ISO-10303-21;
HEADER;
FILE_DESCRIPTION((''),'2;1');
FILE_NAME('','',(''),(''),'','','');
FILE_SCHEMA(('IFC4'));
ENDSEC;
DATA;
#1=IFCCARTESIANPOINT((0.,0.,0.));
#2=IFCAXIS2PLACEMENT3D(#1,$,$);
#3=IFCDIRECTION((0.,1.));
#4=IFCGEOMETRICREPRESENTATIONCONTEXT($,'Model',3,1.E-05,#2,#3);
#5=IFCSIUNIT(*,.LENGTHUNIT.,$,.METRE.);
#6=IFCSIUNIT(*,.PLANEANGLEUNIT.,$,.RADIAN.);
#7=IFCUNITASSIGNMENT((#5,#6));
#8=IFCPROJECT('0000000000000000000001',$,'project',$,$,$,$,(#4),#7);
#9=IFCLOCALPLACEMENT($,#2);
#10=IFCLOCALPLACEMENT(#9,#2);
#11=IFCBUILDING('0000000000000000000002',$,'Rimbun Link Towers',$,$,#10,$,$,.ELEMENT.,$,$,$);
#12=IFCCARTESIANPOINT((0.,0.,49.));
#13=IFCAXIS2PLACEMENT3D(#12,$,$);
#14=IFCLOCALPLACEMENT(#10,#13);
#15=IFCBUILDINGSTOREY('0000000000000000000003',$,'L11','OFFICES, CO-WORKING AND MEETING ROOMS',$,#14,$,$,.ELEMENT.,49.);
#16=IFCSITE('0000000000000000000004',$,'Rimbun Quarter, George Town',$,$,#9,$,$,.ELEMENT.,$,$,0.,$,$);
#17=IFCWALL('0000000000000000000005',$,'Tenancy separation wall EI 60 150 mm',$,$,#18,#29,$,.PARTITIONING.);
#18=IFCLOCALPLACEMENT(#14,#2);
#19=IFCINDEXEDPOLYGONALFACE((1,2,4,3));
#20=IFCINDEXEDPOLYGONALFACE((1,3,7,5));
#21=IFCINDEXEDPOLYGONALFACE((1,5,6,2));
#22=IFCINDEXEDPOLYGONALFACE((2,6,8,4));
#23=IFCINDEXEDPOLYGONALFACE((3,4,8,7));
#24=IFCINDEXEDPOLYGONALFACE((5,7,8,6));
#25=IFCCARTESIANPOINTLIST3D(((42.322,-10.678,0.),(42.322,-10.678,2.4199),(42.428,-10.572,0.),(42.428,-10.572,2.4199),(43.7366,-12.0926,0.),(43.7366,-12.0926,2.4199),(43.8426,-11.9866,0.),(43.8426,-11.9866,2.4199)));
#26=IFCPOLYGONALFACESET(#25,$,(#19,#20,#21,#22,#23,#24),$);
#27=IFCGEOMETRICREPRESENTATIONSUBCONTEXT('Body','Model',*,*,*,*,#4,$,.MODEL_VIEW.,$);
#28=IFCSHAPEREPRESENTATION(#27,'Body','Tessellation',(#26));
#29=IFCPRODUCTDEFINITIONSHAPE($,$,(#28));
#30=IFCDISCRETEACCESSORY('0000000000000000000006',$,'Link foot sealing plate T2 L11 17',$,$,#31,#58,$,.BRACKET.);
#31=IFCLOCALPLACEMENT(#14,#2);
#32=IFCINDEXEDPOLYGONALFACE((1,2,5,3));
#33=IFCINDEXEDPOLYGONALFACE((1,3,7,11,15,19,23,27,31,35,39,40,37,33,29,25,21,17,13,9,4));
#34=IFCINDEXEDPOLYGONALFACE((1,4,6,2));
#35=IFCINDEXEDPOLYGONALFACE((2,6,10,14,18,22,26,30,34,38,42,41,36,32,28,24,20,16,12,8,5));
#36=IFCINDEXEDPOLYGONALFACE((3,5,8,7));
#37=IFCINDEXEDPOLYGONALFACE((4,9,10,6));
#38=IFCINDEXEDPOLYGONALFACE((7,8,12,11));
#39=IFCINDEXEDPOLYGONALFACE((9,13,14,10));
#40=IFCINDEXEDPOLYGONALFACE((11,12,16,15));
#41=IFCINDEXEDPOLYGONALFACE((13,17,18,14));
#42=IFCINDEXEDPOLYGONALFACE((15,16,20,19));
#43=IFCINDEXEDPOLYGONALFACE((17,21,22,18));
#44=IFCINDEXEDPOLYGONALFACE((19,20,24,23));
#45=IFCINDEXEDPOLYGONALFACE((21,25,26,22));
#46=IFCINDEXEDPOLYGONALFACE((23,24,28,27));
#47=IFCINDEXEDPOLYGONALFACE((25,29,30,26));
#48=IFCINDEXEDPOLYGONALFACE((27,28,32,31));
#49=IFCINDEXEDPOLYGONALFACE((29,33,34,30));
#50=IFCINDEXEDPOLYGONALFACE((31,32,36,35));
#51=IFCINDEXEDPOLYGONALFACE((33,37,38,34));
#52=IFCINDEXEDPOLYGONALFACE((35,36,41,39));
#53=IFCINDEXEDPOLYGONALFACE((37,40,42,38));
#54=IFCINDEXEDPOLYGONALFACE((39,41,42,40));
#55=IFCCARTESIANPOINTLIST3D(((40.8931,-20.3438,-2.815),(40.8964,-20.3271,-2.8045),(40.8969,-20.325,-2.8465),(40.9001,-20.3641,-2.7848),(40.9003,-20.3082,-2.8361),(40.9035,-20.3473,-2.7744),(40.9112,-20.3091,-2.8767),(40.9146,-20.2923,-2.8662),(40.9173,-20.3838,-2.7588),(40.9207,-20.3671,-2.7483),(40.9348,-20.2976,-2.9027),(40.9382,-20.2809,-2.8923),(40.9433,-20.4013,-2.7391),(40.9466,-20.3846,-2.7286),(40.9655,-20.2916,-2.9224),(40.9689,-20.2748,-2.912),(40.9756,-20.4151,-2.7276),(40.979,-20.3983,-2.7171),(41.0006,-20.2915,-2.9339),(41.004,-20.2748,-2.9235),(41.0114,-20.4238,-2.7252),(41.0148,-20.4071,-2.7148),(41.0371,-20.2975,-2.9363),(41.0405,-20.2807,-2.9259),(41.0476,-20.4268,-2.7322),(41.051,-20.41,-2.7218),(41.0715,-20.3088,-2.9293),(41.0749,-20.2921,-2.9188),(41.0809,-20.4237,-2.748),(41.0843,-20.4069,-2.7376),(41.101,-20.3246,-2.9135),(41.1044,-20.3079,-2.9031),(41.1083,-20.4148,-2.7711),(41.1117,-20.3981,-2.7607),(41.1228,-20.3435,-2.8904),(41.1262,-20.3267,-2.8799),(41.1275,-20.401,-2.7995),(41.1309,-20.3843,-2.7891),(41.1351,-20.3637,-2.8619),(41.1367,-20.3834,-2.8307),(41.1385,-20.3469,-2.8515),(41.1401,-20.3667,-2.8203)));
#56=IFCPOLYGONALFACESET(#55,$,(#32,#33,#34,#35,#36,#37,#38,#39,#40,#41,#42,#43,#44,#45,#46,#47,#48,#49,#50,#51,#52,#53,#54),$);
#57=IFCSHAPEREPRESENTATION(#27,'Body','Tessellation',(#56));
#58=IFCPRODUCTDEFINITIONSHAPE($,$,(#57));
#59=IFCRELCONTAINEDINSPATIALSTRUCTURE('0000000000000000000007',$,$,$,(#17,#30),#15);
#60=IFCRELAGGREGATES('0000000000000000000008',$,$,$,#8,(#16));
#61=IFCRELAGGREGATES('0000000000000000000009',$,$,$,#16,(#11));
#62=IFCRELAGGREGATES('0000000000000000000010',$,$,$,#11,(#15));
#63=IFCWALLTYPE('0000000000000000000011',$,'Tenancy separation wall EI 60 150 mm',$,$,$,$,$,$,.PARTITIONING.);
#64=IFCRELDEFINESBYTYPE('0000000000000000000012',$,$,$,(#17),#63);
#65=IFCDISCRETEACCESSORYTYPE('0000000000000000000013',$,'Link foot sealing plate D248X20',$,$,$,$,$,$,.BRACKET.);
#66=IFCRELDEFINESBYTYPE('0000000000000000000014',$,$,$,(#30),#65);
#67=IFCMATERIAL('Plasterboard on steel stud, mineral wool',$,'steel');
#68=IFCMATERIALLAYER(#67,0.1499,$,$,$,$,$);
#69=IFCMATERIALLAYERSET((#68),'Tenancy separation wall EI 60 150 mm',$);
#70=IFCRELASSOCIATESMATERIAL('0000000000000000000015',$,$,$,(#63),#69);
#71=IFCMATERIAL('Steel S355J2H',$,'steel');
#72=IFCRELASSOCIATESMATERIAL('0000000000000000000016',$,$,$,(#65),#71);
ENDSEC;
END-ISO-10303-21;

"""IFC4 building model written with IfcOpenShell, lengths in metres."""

from ifc_helpers import new_model, si_unit, direction, frame, frame_2d, origin, origin_2d, place, context, subcontext, project, spatial, rectangle, circle, extrude, material, layer, layer_set, material_profile, profile_set, type_object, element, save


model = new_model("IFC4")

# Units and contexts
model_context = context("Model", 3, precision=1e-05, world=origin(), true_north=direction((0.0, 1.0)))
body_context = subcontext(model_context, "Body", "Model", "MODEL_VIEW")
ifc_project = project(units=[si_unit("LENGTHUNIT", "METRE"), si_unit("PLANEANGLEUNIT", "RADIAN")], contexts=[model_context])

# Site, building, storey
site_placement = place(None, origin())
site = spatial("IfcSite", under=ifc_project, at=site_placement, Name="Rimbun Quarter, George Town", CompositionType="ELEMENT", RefElevation=0.0)
building_placement = place(site_placement, origin())
building = spatial("IfcBuilding", under=site, at=building_placement, Name="Rimbun Link Towers", CompositionType="ELEMENT")
storey_placement = place(building_placement, frame((0.0, 0.0, 49.0)))
storey = spatial("IfcBuildingStorey", under=building, at=storey_placement, Name="L11", Description="OFFICES, CO-WORKING AND MEETING ROOMS", CompositionType="ELEMENT", Elevation=49.0)

# Wall
ifc_material_1 = material(Name="Plasterboard on steel stud, mineral wool", Category="steel")
ifc_layer_1 = layer(ifc_material_1, 0.1499)
ifc_layer_set_1 = layer_set([ifc_layer_1], Name="Tenancy separation wall EI 60 150 mm")
wall_type_1 = type_object("IfcWallType", Name="Tenancy separation wall EI 60 150 mm", PredefinedType="PARTITIONING", material=ifc_layer_set_1)
wall_1_placement = place(storey_placement, frame((42.375, -10.625, 0.0), z_axis=(0.0, 0.0, 1.0), x_axis=(0.707107, -0.707107, 0.0)))
element("IfcWall", 1, at=wall_1_placement, inside=storey, type_object=wall_type_1, Name="Tenancy separation wall EI 60 150 mm", PredefinedType="PARTITIONING", context=body_context, shape_type="SweptSolid", body=[
    extrude(rectangle(XDim=2.0005, YDim=0.1499, at=frame_2d((1.0002, 0.0))), origin(), (0.0, 0.0, 1.0), 2.4199),
])

# Discrete accessory
ifc_material_2 = material(Name="Steel S355J2H", Category="steel")
ifc_material_profile_1 = material_profile(ifc_material_2, circle(Radius=0.124, at=origin_2d()), Name="PL D248")
ifc_profile_set_1 = profile_set([ifc_material_profile_1], Name="Steel S355J2H")
discrete_accessory_type = type_object("IfcDiscreteAccessoryType", Name="Link foot sealing plate D248X20", PredefinedType="BRACKET", material=ifc_profile_set_1)
discrete_accessory_placement = place(storey_placement, frame((41.0186, -20.342, -2.8203), z_axis=(-0.1697, -0.836379, -0.521222), x_axis=(0.980031, -0.198847, 0.0)))
element("IfcDiscreteAccessory", 2, at=discrete_accessory_placement, inside=storey, type_object=discrete_accessory_type, Name="Link foot sealing plate T2 L11 17", PredefinedType="BRACKET", context=body_context, shape_type="SweptSolid", body=[
    extrude(circle(Radius=0.124, at=origin_2d()), origin(), (0.0, 0.0, 1.0), 0.02),
])

save(model, "model.ifc")
